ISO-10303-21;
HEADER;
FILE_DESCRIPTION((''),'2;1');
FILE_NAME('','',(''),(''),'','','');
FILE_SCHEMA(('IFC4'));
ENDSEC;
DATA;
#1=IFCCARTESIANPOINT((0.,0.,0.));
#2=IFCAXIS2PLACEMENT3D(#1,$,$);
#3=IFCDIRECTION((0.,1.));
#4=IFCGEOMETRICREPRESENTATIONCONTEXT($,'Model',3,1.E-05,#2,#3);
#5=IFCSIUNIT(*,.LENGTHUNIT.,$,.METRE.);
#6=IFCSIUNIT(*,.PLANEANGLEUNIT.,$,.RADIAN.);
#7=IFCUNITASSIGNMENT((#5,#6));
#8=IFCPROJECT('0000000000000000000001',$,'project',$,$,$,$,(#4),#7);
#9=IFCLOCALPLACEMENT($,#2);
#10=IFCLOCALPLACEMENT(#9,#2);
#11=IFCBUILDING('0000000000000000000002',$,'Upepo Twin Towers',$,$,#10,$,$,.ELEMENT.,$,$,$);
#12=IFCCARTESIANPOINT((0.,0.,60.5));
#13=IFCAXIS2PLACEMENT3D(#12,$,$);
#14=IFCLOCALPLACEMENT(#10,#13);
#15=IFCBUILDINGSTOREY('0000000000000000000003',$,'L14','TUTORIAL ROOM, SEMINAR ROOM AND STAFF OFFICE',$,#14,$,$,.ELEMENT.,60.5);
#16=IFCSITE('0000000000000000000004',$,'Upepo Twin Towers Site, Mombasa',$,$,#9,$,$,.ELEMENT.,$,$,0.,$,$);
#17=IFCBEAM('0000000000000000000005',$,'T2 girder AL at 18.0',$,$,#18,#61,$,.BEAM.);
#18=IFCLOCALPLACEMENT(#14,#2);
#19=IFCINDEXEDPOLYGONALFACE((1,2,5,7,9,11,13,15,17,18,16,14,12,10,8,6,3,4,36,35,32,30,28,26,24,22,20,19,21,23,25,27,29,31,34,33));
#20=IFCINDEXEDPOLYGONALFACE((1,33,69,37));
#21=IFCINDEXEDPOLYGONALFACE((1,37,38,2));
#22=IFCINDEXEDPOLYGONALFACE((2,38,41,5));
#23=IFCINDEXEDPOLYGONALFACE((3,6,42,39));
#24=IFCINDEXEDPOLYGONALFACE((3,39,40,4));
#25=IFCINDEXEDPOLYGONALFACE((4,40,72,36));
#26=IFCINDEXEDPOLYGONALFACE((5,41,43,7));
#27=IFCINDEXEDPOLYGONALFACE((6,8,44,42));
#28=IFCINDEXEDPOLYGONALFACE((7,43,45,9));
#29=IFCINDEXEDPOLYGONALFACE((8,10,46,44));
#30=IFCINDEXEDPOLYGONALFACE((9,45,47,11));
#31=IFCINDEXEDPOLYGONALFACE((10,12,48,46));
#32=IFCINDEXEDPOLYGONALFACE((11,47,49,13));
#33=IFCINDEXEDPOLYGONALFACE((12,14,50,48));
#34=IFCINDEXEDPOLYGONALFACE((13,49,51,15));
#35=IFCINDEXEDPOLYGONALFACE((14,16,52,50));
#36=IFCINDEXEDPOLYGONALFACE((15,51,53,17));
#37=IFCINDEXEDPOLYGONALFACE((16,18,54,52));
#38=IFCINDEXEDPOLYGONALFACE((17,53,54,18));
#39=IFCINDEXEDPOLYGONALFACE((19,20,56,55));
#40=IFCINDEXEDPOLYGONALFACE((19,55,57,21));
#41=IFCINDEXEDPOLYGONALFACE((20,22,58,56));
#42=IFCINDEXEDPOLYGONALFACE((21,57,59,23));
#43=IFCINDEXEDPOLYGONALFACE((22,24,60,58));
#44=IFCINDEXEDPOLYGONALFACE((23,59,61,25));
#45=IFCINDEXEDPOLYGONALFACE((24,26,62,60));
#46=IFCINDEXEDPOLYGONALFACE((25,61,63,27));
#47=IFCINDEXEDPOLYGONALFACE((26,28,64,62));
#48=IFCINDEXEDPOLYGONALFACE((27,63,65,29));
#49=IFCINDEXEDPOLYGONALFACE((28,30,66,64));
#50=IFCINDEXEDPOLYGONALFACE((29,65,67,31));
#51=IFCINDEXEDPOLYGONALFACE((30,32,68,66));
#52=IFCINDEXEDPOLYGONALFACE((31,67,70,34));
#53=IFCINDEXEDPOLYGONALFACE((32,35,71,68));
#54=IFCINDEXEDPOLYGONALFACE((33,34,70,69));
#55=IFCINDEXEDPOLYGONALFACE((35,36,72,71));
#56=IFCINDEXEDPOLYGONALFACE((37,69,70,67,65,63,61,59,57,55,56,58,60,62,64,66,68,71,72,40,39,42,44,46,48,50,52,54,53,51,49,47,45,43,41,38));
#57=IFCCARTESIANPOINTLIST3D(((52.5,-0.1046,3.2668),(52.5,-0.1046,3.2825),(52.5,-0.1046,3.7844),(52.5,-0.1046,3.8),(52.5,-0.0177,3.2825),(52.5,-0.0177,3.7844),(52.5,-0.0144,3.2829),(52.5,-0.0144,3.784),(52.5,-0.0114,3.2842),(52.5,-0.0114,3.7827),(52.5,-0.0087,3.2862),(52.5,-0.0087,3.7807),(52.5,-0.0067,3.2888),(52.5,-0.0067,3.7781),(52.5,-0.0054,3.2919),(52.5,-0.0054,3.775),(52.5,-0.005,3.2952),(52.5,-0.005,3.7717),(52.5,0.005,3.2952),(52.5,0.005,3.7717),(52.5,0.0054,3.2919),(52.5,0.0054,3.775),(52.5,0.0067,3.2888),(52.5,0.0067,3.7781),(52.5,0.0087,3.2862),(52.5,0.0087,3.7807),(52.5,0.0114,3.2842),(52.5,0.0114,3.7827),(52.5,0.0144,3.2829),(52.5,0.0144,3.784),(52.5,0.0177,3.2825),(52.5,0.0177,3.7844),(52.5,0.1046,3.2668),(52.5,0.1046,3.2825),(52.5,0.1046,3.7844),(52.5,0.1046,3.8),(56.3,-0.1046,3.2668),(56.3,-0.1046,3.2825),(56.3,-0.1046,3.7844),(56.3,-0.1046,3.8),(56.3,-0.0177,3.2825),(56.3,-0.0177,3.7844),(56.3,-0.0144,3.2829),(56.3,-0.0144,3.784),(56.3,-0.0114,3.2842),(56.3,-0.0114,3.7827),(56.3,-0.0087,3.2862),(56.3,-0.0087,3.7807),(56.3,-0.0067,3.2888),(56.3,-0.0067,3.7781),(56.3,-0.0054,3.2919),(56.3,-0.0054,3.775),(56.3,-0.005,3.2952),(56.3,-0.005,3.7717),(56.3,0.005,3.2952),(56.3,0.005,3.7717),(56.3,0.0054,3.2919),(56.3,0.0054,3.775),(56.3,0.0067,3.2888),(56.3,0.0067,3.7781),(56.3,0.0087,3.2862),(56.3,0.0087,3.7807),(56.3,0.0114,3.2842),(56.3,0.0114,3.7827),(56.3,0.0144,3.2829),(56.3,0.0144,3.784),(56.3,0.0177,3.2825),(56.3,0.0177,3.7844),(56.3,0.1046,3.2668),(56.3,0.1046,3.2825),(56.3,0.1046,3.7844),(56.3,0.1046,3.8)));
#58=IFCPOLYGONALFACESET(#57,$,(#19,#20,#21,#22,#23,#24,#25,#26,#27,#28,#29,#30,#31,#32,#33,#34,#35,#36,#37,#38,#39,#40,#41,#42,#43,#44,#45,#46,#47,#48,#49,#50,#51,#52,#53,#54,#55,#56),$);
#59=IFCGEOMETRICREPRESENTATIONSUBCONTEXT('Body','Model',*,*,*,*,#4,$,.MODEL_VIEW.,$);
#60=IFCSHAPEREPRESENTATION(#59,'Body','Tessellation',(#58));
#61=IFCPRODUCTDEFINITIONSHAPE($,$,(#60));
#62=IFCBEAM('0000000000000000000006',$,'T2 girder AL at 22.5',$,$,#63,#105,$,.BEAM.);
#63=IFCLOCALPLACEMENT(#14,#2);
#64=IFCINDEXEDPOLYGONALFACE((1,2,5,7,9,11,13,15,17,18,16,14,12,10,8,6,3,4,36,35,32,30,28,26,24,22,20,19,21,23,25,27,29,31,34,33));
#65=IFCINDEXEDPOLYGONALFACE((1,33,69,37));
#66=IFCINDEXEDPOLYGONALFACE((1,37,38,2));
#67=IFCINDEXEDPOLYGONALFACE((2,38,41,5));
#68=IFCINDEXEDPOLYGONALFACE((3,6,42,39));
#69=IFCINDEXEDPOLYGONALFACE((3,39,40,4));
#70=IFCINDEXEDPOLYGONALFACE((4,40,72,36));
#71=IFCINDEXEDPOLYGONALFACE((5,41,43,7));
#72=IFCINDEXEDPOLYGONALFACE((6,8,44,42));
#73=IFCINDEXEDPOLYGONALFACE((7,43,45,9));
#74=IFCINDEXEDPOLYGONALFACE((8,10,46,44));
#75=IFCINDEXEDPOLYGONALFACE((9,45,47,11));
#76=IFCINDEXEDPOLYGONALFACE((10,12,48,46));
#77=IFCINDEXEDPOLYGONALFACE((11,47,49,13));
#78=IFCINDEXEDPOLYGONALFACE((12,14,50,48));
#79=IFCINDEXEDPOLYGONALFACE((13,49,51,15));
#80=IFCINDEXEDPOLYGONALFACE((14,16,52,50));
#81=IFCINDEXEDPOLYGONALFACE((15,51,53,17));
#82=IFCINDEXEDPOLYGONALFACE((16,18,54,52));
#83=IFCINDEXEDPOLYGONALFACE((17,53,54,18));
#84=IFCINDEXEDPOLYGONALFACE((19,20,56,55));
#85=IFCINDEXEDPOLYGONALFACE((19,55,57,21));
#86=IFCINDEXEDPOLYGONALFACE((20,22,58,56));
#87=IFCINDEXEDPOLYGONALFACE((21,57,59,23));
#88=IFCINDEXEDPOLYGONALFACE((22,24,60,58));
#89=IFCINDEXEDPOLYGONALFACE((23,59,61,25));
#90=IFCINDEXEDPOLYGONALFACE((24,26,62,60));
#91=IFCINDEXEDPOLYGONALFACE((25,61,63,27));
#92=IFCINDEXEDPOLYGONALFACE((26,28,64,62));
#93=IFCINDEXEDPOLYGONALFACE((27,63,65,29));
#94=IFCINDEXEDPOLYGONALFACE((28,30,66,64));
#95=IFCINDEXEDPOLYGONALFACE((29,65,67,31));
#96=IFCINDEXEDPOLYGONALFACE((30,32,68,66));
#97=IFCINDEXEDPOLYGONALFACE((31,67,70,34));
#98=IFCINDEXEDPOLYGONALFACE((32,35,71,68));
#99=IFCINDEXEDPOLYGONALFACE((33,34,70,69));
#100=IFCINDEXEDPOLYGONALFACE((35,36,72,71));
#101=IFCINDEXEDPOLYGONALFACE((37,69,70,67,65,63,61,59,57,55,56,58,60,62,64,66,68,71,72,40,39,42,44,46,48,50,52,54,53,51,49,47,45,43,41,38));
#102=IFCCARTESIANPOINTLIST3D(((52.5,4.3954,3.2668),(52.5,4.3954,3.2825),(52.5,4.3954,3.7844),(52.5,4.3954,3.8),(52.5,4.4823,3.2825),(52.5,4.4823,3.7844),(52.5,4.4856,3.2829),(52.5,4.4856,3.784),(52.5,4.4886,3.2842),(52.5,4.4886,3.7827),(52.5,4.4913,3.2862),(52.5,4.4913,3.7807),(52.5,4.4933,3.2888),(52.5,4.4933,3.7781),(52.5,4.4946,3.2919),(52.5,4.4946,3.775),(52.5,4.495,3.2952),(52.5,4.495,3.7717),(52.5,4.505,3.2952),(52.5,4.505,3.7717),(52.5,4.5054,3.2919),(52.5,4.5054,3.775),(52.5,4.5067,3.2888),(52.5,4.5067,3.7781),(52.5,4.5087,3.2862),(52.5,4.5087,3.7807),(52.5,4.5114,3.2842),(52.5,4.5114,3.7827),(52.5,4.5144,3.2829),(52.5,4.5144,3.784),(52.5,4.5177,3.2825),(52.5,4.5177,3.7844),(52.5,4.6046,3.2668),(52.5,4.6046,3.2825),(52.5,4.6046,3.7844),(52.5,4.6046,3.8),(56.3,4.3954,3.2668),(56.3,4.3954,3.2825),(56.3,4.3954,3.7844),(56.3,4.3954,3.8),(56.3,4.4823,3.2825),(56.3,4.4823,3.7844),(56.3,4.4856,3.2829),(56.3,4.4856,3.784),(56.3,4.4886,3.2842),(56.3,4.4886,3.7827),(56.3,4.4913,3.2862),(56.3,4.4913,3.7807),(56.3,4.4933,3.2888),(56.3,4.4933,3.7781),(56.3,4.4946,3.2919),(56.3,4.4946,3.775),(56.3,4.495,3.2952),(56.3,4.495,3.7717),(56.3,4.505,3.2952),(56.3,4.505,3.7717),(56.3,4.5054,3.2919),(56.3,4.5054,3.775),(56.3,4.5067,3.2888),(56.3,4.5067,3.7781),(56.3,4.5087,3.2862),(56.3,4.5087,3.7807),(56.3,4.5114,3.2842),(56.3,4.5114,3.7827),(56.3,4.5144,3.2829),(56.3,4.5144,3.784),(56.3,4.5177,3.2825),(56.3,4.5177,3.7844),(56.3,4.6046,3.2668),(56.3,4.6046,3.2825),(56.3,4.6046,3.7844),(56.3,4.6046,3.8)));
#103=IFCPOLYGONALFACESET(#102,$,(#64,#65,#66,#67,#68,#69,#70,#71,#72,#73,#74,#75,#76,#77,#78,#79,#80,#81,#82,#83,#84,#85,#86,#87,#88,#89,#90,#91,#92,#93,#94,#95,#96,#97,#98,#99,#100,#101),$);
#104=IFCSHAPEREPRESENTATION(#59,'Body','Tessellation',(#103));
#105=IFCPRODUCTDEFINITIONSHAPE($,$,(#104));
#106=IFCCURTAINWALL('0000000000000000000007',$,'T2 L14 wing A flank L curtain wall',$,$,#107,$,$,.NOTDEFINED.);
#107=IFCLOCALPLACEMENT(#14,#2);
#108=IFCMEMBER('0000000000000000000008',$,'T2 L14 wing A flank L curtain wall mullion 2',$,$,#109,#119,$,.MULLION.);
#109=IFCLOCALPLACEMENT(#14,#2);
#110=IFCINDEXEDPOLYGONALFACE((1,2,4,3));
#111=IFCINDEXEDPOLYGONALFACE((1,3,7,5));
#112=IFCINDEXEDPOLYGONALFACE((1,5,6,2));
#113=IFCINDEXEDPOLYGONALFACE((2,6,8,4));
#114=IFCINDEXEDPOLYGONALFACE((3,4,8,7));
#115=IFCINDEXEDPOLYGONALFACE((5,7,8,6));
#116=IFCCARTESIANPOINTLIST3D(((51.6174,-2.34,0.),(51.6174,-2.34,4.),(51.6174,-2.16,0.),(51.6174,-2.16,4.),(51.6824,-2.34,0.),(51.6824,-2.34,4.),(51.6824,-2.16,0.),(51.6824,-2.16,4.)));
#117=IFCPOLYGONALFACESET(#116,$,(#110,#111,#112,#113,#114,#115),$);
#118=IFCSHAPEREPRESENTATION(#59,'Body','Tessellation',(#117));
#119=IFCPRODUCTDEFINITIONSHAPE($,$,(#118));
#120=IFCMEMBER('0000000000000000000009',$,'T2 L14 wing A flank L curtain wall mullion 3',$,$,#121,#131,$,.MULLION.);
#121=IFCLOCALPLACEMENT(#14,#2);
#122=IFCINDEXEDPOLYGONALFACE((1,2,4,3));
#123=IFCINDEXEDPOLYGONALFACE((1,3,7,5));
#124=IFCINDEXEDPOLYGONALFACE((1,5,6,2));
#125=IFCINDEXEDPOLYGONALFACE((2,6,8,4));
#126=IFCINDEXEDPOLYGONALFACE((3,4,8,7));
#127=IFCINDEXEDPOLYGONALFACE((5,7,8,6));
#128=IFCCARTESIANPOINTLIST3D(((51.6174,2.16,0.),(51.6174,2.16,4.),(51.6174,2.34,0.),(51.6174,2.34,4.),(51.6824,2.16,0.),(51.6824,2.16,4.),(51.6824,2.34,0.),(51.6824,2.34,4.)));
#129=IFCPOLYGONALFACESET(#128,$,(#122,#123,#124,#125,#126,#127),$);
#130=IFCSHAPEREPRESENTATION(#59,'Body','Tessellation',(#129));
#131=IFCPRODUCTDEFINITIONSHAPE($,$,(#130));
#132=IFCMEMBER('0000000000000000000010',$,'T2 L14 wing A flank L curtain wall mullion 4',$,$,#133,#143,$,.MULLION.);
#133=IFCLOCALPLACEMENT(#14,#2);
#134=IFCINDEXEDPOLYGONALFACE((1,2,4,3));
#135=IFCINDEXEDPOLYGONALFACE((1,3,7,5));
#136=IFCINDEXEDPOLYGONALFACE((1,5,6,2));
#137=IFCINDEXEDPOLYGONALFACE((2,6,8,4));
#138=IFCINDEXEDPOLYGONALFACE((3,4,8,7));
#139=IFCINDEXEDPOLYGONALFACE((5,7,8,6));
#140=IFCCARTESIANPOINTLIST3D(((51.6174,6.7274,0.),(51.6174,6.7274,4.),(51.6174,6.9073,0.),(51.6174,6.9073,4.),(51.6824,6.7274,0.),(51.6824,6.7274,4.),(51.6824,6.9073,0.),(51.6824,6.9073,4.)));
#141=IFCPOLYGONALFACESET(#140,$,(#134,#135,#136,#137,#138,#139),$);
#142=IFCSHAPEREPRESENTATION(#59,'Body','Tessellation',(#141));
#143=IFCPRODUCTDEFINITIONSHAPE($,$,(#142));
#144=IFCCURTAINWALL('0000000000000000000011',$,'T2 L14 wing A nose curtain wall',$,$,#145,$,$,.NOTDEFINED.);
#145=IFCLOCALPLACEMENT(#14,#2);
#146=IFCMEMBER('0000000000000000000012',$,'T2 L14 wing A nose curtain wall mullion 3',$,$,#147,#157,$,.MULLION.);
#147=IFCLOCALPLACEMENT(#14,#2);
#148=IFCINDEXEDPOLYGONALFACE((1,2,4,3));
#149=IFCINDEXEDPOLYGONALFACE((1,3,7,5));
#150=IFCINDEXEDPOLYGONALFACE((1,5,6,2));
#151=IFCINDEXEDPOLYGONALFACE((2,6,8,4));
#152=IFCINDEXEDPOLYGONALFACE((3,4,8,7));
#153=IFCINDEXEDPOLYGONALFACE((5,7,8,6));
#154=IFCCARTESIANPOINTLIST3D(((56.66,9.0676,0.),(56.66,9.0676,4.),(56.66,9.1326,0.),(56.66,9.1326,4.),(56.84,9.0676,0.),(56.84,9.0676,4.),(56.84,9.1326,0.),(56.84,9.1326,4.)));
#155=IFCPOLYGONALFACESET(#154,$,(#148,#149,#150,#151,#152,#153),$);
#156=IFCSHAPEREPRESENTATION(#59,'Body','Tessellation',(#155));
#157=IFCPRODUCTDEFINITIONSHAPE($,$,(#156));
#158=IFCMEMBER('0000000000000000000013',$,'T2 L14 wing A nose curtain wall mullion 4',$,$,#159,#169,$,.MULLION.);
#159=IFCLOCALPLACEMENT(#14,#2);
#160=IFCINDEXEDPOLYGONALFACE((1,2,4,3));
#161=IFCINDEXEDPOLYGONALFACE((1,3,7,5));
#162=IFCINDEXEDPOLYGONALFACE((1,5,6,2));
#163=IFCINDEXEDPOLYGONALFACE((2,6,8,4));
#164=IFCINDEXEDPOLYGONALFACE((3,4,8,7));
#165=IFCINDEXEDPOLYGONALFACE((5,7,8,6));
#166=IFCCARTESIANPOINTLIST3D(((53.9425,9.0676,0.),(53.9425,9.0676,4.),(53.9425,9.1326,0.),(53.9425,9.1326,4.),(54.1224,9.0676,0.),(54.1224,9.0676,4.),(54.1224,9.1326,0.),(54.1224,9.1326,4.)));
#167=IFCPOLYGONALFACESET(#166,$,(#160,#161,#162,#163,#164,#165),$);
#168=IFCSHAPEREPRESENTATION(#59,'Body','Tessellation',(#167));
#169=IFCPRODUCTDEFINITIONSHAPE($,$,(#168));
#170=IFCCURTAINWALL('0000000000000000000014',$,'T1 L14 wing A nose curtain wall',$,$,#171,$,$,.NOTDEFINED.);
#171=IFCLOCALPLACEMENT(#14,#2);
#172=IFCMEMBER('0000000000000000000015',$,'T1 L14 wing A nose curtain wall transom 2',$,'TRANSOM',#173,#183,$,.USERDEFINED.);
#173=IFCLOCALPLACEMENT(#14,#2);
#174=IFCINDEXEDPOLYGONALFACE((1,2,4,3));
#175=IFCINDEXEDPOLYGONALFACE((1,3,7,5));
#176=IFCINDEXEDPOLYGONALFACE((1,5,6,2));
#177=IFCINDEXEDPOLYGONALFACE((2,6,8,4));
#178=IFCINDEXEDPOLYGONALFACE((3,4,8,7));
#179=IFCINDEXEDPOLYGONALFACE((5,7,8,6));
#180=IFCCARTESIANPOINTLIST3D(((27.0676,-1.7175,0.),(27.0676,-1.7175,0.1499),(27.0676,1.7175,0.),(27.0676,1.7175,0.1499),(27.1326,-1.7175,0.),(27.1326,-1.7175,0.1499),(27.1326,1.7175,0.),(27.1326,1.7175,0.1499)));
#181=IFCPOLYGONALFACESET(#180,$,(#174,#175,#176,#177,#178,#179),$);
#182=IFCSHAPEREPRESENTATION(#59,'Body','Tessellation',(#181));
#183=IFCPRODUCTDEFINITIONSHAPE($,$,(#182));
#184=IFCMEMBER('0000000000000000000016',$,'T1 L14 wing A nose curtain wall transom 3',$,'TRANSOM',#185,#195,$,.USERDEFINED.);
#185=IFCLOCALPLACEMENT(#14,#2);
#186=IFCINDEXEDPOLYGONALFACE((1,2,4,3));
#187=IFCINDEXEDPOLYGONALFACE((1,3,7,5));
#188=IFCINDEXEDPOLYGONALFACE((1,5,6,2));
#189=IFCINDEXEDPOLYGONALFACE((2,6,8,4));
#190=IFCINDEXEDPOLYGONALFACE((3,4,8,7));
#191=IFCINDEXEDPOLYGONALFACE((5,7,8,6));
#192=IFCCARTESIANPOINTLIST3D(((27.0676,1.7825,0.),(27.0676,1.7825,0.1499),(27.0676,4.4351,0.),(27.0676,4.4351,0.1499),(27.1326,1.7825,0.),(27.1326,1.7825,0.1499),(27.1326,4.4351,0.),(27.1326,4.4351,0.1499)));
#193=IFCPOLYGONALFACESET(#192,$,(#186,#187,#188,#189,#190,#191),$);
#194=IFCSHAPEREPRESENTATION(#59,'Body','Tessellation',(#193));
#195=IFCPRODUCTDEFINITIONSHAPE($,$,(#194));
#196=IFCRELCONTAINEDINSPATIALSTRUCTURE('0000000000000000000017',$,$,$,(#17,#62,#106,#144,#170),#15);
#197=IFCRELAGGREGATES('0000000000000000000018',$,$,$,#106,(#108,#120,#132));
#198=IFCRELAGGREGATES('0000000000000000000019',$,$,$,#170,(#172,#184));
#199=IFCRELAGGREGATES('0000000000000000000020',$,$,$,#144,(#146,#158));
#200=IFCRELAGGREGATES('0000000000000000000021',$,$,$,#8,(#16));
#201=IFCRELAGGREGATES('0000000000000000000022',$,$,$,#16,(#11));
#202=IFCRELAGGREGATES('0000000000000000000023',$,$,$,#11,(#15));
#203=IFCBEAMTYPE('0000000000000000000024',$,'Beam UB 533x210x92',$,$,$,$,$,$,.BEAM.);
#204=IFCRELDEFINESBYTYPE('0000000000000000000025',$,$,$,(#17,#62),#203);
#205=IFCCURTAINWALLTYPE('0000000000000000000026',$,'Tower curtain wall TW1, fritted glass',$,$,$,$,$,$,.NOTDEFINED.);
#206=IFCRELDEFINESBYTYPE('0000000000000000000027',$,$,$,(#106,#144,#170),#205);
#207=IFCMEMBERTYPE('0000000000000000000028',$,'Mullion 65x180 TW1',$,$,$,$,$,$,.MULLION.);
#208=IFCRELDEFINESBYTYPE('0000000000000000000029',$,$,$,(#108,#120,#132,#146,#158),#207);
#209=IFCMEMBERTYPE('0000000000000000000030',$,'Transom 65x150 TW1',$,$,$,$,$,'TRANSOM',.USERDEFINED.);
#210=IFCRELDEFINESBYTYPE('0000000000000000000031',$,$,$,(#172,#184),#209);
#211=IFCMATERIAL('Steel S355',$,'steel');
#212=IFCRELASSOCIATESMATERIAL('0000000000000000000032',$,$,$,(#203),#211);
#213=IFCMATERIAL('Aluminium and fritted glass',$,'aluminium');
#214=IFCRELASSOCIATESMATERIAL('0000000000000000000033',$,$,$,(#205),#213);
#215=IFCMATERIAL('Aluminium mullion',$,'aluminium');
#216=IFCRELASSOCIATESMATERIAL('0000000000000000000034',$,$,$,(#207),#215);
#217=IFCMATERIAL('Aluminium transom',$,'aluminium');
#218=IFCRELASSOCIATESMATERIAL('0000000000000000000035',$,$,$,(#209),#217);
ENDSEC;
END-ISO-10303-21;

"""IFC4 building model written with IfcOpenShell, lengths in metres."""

from ifc_helpers import new_model, si_unit, direction, frame, origin, origin_2d, place, context, subcontext, project, spatial, rectangle, i_section, extrude, material, material_profile, profile_set, type_object, element, aggregate, save


model = new_model("IFC4")

# Units and contexts
model_context = context("Model", 3, precision=1e-05, world=origin(), true_north=direction((0.0, 1.0)))
body_context = subcontext(model_context, "Body", "Model", "MODEL_VIEW")
ifc_project = project(units=[si_unit("LENGTHUNIT", "METRE"), si_unit("PLANEANGLEUNIT", "RADIAN")], contexts=[model_context])

# Site, building, storey
site_placement = place(None, origin())
site = spatial("IfcSite", under=ifc_project, at=site_placement, Name="Upepo Twin Towers Site, Mombasa", CompositionType="ELEMENT", RefElevation=0.0)
building_placement = place(site_placement, origin())
building = spatial("IfcBuilding", under=site, at=building_placement, Name="Upepo Twin Towers", CompositionType="ELEMENT")
storey_placement = place(building_placement, frame((0.0, 0.0, 60.5)))
storey = spatial("IfcBuildingStorey", under=building, at=storey_placement, Name="L14", Description="TUTORIAL ROOM, SEMINAR ROOM AND STAFF OFFICE", CompositionType="ELEMENT", Elevation=60.5)

# Beams
ifc_material_1 = material(Name="Steel S355", Category="steel")
ifc_material_profile_1 = material_profile(ifc_material_1, i_section(OverallWidth=0.2092, OverallDepth=0.5332, WebThickness=0.01, FlangeThickness=0.0156, FilletRadius=0.0127, at=origin_2d()), Name="UB 533x210x92")
ifc_profile_set_1 = profile_set([ifc_material_profile_1], Name="Steel S355")
beam_type_1 = type_object("IfcBeamType", Name="Beam UB 533x210x92", PredefinedType="BEAM", material=ifc_profile_set_1)
for number, where, z_axis, x_axis, name in (
    (1, (52.5, 0.0, 3.5334), (1.0, 0.0, 0.0), (0.0, 1.0, 0.0), "T2 girder AL at 18.0"),
    (2, (52.5, 4.5, 3.5334), (1.0, 0.0, 0.0), (0.0, 1.0, 0.0), "T2 girder AL at 22.5"),
):
    element("IfcBeam", number, at=place(storey_placement, frame(where, z_axis=z_axis, x_axis=x_axis)), inside=storey, type_object=beam_type_1, Name=name, PredefinedType="BEAM", context=body_context, shape_type="SweptSolid", body=[
        extrude(i_section(OverallWidth=0.2092, OverallDepth=0.5332, WebThickness=0.01, FlangeThickness=0.0156, FilletRadius=0.0127, at=origin_2d()), origin(), (0.0, 0.0, 1.0), 3.8),
    ])

# Curtain walls, members
ifc_material_2 = material(Name="Aluminium and fritted glass", Category="aluminium")
curtain_wall_type = type_object("IfcCurtainWallType", Name="Tower curtain wall TW1, fritted glass", PredefinedType="NOTDEFINED", material=ifc_material_2)
curtain_wall_1_placement = place(storey_placement, origin())
curtain_wall_1 = element("IfcCurtainWall", 3, at=curtain_wall_1_placement, inside=storey, type_object=curtain_wall_type, Name="T2 L14 wing A flank L curtain wall", PredefinedType="NOTDEFINED")
ifc_material_3 = material(Name="Aluminium mullion", Category="aluminium")
ifc_material_profile_2 = material_profile(ifc_material_3, rectangle(XDim=0.0649, YDim=0.1799, at=origin_2d()), Name="MULLION 65x180")
ifc_profile_set_2 = profile_set([ifc_material_profile_2], Name="Aluminium mullion")
member_type_1 = type_object("IfcMemberType", Name="Mullion 65x180 TW1", PredefinedType="MULLION", material=ifc_profile_set_2)
member_1_placement = place(storey_placement, frame((51.6499, -2.25, 0.0), z_axis=(0.0, 0.0, 1.0), x_axis=(-1.0, 0.0, 0.0)))
member_1 = element("IfcMember", 4, at=member_1_placement, type_object=member_type_1, Name="T2 L14 wing A flank L curtain wall mullion 2", PredefinedType="MULLION", context=body_context, shape_type="SweptSolid", body=[
    extrude(rectangle(XDim=0.0649, YDim=0.1799, at=origin_2d()), origin(), (0.0, 0.0, 1.0), 4.0),
])
member_2_placement = place(storey_placement, frame((51.6499, 2.25, 0.0), z_axis=(0.0, 0.0, 1.0), x_axis=(-1.0, 0.0, 0.0)))
member_2 = element("IfcMember", 5, at=member_2_placement, type_object=member_type_1, Name="T2 L14 wing A flank L curtain wall mullion 3", PredefinedType="MULLION", context=body_context, shape_type="SweptSolid", body=[
    extrude(rectangle(XDim=0.0649, YDim=0.1799, at=origin_2d()), origin(), (0.0, 0.0, 1.0), 4.0),
])
member_3_placement = place(storey_placement, frame((51.6499, 6.8174, 0.0), z_axis=(0.0, 0.0, 1.0), x_axis=(-1.0, 0.0, 0.0)))
member_3 = element("IfcMember", 6, at=member_3_placement, type_object=member_type_1, Name="T2 L14 wing A flank L curtain wall mullion 4", PredefinedType="MULLION", context=body_context, shape_type="SweptSolid", body=[
    extrude(rectangle(XDim=0.0649, YDim=0.1799, at=origin_2d()), origin(), (0.0, 0.0, 1.0), 4.0),
])
curtain_wall_2_placement = place(storey_placement, origin())
curtain_wall_2 = element("IfcCurtainWall", 7, at=curtain_wall_2_placement, inside=storey, type_object=curtain_wall_type, Name="T2 L14 wing A nose curtain wall", PredefinedType="NOTDEFINED")
member_4_placement = place(storey_placement, frame((56.75, 9.1001, 0.0), z_axis=(0.0, 0.0, 1.0), x_axis=(0.0, -1.0, 0.0)))
member_4 = element("IfcMember", 8, at=member_4_placement, type_object=member_type_1, Name="T2 L14 wing A nose curtain wall mullion 3", PredefinedType="MULLION", context=body_context, shape_type="SweptSolid", body=[
    extrude(rectangle(XDim=0.0649, YDim=0.1799, at=origin_2d()), origin(), (0.0, 0.0, 1.0), 4.0),
])
member_5_placement = place(storey_placement, frame((54.0325, 9.1001, 0.0), z_axis=(0.0, 0.0, 1.0), x_axis=(0.0, -1.0, 0.0)))
member_5 = element("IfcMember", 9, at=member_5_placement, type_object=member_type_1, Name="T2 L14 wing A nose curtain wall mullion 4", PredefinedType="MULLION", context=body_context, shape_type="SweptSolid", body=[
    extrude(rectangle(XDim=0.0649, YDim=0.1799, at=origin_2d()), origin(), (0.0, 0.0, 1.0), 4.0),
])
curtain_wall_3_placement = place(storey_placement, origin())
curtain_wall_3 = element("IfcCurtainWall", 10, at=curtain_wall_3_placement, inside=storey, type_object=curtain_wall_type, Name="T1 L14 wing A nose curtain wall", PredefinedType="NOTDEFINED")
ifc_material_4 = material(Name="Aluminium transom", Category="aluminium")
ifc_material_profile_3 = material_profile(ifc_material_4, rectangle(XDim=0.0649, YDim=0.1499, at=origin_2d()), Name="TRANSOM 65x150")
ifc_profile_set_3 = profile_set([ifc_material_profile_3], Name="Aluminium transom")
member_type_2 = type_object("IfcMemberType", Name="Transom 65x150 TW1", ElementType="TRANSOM", PredefinedType="USERDEFINED", material=ifc_profile_set_3)
member_6_placement = place(storey_placement, frame((27.1001, -1.7175, 0.075), z_axis=(0.0, 1.0, 0.0), x_axis=(-1.0, 0.0, 0.0)))
member_6 = element("IfcMember", 11, at=member_6_placement, type_object=member_type_2, Name="T1 L14 wing A nose curtain wall transom 2", ObjectType="TRANSOM", PredefinedType="USERDEFINED", context=body_context, shape_type="SweptSolid", body=[
    extrude(rectangle(XDim=0.0649, YDim=0.1499, at=origin_2d()), origin(), (0.0, 0.0, 1.0), 3.4351),
])
member_7_placement = place(storey_placement, frame((27.1001, 1.7825, 0.075), z_axis=(0.0, 1.0, 0.0), x_axis=(-1.0, 0.0, 0.0)))
member_7 = element("IfcMember", 12, at=member_7_placement, type_object=member_type_2, Name="T1 L14 wing A nose curtain wall transom 3", ObjectType="TRANSOM", PredefinedType="USERDEFINED", context=body_context, shape_type="SweptSolid", body=[
    extrude(rectangle(XDim=0.0649, YDim=0.1499, at=origin_2d()), origin(), (0.0, 0.0, 1.0), 2.6526),
])

aggregate(curtain_wall_1, [member_1, member_2, member_3])
aggregate(curtain_wall_3, [member_6, member_7])
aggregate(curtain_wall_2, [member_4, member_5])

save(model, "model.ifc")
